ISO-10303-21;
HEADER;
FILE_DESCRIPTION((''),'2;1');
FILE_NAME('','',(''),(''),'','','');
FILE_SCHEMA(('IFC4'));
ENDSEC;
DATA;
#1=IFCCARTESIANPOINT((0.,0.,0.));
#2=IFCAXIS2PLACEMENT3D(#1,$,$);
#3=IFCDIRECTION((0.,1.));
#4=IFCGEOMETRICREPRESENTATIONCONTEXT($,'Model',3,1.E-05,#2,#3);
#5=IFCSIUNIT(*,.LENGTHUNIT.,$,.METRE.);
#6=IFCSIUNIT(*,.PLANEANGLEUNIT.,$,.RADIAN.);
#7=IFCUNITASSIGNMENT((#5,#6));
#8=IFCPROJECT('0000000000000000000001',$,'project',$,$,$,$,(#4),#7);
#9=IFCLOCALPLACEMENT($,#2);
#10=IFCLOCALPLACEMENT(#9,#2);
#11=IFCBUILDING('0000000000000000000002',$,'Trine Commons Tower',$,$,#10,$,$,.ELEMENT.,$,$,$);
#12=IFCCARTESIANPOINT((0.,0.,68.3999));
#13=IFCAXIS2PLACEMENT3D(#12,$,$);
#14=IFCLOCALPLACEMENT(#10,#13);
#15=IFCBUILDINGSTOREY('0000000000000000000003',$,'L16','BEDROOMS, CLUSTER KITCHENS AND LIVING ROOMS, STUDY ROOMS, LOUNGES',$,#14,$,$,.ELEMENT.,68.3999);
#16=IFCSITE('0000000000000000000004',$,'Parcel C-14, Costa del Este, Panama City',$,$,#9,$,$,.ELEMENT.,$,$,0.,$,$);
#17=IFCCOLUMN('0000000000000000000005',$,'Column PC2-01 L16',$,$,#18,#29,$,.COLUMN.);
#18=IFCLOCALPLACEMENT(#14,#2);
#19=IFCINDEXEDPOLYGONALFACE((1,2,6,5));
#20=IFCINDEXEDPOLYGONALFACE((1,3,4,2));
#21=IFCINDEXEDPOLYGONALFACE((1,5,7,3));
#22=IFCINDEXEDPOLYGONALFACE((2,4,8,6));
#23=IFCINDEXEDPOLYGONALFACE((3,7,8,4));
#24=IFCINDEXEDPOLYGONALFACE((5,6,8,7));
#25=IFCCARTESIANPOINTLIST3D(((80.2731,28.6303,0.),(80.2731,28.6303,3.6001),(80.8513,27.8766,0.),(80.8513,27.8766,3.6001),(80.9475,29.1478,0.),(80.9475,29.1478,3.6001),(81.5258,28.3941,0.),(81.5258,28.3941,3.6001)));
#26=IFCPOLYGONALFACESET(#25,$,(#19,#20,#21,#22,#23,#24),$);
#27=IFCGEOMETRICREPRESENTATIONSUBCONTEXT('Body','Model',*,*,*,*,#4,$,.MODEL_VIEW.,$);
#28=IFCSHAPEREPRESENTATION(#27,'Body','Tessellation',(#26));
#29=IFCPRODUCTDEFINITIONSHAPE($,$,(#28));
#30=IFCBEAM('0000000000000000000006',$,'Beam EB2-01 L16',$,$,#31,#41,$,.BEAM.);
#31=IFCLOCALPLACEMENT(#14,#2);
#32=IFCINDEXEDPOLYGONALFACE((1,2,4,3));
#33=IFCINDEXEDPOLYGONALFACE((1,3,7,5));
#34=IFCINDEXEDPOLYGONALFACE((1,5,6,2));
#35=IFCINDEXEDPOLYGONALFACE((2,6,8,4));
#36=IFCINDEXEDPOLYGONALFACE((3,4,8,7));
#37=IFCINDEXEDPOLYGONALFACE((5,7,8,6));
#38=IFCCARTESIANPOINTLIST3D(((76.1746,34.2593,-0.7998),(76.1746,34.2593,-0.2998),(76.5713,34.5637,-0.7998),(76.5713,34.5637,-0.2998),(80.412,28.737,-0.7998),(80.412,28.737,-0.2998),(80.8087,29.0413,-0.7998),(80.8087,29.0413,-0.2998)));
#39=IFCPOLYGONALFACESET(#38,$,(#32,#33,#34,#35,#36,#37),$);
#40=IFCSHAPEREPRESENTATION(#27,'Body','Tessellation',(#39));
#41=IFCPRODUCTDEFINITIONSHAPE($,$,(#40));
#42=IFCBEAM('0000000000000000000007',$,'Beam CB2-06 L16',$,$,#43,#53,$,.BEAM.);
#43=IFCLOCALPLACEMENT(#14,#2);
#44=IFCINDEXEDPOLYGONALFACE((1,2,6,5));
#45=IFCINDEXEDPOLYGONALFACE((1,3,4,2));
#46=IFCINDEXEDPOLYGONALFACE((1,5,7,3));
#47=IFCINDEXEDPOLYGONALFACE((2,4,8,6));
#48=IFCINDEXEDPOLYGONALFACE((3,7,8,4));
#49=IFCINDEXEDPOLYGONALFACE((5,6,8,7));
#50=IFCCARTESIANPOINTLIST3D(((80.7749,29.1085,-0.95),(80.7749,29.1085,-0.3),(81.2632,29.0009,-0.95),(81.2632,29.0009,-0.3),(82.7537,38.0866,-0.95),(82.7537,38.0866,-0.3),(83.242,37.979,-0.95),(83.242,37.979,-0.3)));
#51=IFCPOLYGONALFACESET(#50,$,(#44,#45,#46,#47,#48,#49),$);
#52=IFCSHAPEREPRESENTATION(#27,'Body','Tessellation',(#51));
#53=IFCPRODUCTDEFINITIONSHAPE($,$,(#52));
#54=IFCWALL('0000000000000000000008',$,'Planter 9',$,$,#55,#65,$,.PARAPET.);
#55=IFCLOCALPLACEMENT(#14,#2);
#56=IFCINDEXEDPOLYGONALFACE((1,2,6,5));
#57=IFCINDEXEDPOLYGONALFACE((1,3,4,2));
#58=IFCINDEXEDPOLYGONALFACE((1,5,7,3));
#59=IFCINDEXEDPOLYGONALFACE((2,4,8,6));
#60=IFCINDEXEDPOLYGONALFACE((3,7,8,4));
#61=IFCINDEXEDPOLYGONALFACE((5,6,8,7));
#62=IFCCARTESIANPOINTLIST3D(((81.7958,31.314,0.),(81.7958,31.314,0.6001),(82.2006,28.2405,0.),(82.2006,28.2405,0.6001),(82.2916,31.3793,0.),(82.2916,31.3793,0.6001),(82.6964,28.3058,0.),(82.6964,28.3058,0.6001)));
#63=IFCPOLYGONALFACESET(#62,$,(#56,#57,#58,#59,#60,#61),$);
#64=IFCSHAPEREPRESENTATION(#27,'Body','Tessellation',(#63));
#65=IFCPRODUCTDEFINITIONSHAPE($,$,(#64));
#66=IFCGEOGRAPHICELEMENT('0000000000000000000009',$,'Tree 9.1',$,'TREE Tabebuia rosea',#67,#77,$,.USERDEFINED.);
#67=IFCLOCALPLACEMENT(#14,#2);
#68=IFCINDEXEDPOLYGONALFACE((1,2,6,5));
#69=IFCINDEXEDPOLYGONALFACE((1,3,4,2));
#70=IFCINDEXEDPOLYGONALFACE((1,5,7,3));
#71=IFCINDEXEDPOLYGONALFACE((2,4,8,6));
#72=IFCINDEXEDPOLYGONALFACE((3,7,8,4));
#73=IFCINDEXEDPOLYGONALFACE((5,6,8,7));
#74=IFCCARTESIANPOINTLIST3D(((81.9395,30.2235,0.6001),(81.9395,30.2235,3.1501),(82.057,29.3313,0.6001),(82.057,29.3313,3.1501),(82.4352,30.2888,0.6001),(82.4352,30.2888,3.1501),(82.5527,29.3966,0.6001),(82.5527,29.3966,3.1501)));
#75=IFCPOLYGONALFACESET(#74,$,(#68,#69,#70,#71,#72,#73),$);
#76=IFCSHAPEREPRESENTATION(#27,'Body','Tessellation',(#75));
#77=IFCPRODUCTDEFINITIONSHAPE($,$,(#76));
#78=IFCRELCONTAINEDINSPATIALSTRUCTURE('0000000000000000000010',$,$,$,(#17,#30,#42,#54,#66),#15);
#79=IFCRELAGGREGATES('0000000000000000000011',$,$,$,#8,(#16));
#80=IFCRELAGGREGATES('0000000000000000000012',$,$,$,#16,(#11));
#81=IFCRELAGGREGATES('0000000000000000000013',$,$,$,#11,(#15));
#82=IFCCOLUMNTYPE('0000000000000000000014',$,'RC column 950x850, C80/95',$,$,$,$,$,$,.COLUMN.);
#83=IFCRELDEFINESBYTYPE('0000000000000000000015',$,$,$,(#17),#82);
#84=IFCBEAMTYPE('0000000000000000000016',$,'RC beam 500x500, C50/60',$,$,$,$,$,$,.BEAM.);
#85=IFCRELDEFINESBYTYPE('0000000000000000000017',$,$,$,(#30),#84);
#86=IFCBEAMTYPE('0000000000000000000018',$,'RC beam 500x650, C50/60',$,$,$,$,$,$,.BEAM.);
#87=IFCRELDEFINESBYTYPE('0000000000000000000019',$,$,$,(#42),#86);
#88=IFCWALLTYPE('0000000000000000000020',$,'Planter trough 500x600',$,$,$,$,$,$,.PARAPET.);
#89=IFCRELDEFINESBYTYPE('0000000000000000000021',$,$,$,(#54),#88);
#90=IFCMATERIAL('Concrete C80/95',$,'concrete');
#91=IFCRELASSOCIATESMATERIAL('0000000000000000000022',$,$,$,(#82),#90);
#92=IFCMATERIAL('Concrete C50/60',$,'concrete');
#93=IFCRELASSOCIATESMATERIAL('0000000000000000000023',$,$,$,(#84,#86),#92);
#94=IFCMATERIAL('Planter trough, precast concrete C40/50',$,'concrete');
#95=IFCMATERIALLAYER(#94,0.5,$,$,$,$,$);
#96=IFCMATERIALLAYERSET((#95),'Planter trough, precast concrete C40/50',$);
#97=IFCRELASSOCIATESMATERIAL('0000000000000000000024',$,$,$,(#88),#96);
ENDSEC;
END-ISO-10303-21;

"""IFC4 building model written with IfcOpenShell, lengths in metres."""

from ifc_helpers import new_model, si_unit, direction, frame, frame_2d, origin, origin_2d, place, context, subcontext, project, spatial, rectangle, extrude, material, layer, layer_set, material_profile, profile_set, type_object, element, save


model = new_model("IFC4")

# Units and contexts
model_context = context("Model", 3, precision=1e-05, world=origin(), true_north=direction((0.0, 1.0)))
body_context = subcontext(model_context, "Body", "Model", "MODEL_VIEW")
ifc_project = project(units=[si_unit("LENGTHUNIT", "METRE"), si_unit("PLANEANGLEUNIT", "RADIAN")], contexts=[model_context])

# Site, building, storey
site_placement = place(None, origin())
site = spatial("IfcSite", under=ifc_project, at=site_placement, Name="Parcel C-14, Costa del Este, Panama City", CompositionType="ELEMENT", RefElevation=0.0)
building_placement = place(site_placement, origin())
building = spatial("IfcBuilding", under=site, at=building_placement, Name="Trine Commons Tower", CompositionType="ELEMENT")
storey_placement = place(building_placement, frame((0.0, 0.0, 68.3999)))
storey = spatial("IfcBuildingStorey", under=building, at=storey_placement, Name="L16", Description="BEDROOMS, CLUSTER KITCHENS AND LIVING ROOMS, STUDY ROOMS, LOUNGES", CompositionType="ELEMENT", Elevation=68.3999)

# Column
ifc_material_1 = material(Name="Concrete C80/95", Category="concrete")
ifc_material_profile_1 = material_profile(ifc_material_1, rectangle(XDim=0.95, YDim=0.8501, at=origin_2d()), Name="RC 950x850")
ifc_profile_set_1 = profile_set([ifc_material_profile_1], Name="Concrete C80/95")
column_type = type_object("IfcColumnType", Name="RC column 950x850, C80/95", PredefinedType="COLUMN", material=ifc_profile_set_1)
column_placement = place(storey_placement, frame((80.8994, 28.5122, 0.0), z_axis=(0.0, 0.0, 1.0), x_axis=(-0.608761, 0.793353, 0.0)))
element("IfcColumn", 1, at=column_placement, inside=storey, type_object=column_type, Name="Column PC2-01 L16", PredefinedType="COLUMN", context=body_context, shape_type="SweptSolid", body=[
    extrude(rectangle(XDim=0.95, YDim=0.8501, at=origin_2d()), origin(), (0.0, 0.0, 1.0), 3.6001),
])

# Beams
ifc_material_2 = material(Name="Concrete C50/60", Category="concrete")
ifc_material_profile_2 = material_profile(ifc_material_2, rectangle(XDim=0.5, YDim=0.5, at=origin_2d()), Name="RC 500x500")
ifc_profile_set_2 = profile_set([ifc_material_profile_2], Name="Concrete C50/60")
beam_type_1 = type_object("IfcBeamType", Name="RC beam 500x500, C50/60", PredefinedType="BEAM", material=ifc_profile_set_2)
beam_1_placement = place(storey_placement, frame((80.6104, 28.8892, -0.5498), z_axis=(-0.608758, 0.793356, 0.0), x_axis=(-0.793356, -0.608758, 0.0)))
element("IfcBeam", 2, at=beam_1_placement, inside=storey, type_object=beam_type_1, Name="Beam EB2-01 L16", PredefinedType="BEAM", context=body_context, shape_type="SweptSolid", body=[
    extrude(rectangle(XDim=0.5, YDim=0.5, at=origin_2d()), origin(), (0.0, 0.0, 1.0), 6.9607),
])
ifc_material_profile_3 = material_profile(ifc_material_2, rectangle(XDim=0.5, YDim=0.6499, at=origin_2d()), Name="RC 500x650")
ifc_profile_set_3 = profile_set([ifc_material_profile_3], Name="Concrete C50/60")
beam_type_2 = type_object("IfcBeamType", Name="RC beam 500x650, C50/60", PredefinedType="BEAM", material=ifc_profile_set_3)
beam_2_placement = place(storey_placement, frame((81.019, 29.0547, -0.625), z_axis=(0.215235, 0.976562, 0.0), x_axis=(-0.976562, 0.215235, 0.0)))
element("IfcBeam", 3, at=beam_2_placement, inside=storey, type_object=beam_type_2, Name="Beam CB2-06 L16", PredefinedType="BEAM", context=body_context, shape_type="SweptSolid", body=[
    extrude(rectangle(XDim=0.5, YDim=0.6499, at=origin_2d()), origin(), (0.0, 0.0, 1.0), 9.1936),
])

# Wall
ifc_material_3 = material(Name="Planter trough, precast concrete C40/50", Category="concrete")
ifc_layer_1 = layer(ifc_material_3, 0.5)
ifc_layer_set_1 = layer_set([ifc_layer_1], Name="Planter trough, precast concrete C40/50")
wall_type_1 = type_object("IfcWallType", Name="Planter trough 500x600", PredefinedType="PARAPET", material=ifc_layer_set_1)
wall_1_placement = place(storey_placement, frame((82.0437, 31.3467, 0.0), z_axis=(0.0, 0.0, 1.0), x_axis=(0.130575, -0.991438, 0.0)))
element("IfcWall", 4, at=wall_1_placement, inside=storey, type_object=wall_type_1, Name="Planter 9", PredefinedType="PARAPET", context=body_context, shape_type="SweptSolid", body=[
    extrude(rectangle(XDim=3.1001, YDim=0.5, at=frame_2d((1.55, 0.0))), origin(), (0.0, 0.0, 1.0), 0.6001),
])

# Geographic element
geographic_element_placement = place(storey_placement, frame((82.2461, 29.8101, 0.6001), z_axis=(0.0, 0.0, 1.0), x_axis=(0.130547, -0.991442, 0.0)))
element("IfcGeographicElement", 5, at=geographic_element_placement, inside=storey, Name="Tree 9.1", ObjectType="TREE Tabebuia rosea", PredefinedType="USERDEFINED", context=body_context, shape_type="SweptSolid", body=[
    extrude(rectangle(XDim=0.8999, YDim=0.5, at=origin_2d()), origin(), (0.0, 0.0, 1.0), 2.55),
])

save(model, "model.ifc")
